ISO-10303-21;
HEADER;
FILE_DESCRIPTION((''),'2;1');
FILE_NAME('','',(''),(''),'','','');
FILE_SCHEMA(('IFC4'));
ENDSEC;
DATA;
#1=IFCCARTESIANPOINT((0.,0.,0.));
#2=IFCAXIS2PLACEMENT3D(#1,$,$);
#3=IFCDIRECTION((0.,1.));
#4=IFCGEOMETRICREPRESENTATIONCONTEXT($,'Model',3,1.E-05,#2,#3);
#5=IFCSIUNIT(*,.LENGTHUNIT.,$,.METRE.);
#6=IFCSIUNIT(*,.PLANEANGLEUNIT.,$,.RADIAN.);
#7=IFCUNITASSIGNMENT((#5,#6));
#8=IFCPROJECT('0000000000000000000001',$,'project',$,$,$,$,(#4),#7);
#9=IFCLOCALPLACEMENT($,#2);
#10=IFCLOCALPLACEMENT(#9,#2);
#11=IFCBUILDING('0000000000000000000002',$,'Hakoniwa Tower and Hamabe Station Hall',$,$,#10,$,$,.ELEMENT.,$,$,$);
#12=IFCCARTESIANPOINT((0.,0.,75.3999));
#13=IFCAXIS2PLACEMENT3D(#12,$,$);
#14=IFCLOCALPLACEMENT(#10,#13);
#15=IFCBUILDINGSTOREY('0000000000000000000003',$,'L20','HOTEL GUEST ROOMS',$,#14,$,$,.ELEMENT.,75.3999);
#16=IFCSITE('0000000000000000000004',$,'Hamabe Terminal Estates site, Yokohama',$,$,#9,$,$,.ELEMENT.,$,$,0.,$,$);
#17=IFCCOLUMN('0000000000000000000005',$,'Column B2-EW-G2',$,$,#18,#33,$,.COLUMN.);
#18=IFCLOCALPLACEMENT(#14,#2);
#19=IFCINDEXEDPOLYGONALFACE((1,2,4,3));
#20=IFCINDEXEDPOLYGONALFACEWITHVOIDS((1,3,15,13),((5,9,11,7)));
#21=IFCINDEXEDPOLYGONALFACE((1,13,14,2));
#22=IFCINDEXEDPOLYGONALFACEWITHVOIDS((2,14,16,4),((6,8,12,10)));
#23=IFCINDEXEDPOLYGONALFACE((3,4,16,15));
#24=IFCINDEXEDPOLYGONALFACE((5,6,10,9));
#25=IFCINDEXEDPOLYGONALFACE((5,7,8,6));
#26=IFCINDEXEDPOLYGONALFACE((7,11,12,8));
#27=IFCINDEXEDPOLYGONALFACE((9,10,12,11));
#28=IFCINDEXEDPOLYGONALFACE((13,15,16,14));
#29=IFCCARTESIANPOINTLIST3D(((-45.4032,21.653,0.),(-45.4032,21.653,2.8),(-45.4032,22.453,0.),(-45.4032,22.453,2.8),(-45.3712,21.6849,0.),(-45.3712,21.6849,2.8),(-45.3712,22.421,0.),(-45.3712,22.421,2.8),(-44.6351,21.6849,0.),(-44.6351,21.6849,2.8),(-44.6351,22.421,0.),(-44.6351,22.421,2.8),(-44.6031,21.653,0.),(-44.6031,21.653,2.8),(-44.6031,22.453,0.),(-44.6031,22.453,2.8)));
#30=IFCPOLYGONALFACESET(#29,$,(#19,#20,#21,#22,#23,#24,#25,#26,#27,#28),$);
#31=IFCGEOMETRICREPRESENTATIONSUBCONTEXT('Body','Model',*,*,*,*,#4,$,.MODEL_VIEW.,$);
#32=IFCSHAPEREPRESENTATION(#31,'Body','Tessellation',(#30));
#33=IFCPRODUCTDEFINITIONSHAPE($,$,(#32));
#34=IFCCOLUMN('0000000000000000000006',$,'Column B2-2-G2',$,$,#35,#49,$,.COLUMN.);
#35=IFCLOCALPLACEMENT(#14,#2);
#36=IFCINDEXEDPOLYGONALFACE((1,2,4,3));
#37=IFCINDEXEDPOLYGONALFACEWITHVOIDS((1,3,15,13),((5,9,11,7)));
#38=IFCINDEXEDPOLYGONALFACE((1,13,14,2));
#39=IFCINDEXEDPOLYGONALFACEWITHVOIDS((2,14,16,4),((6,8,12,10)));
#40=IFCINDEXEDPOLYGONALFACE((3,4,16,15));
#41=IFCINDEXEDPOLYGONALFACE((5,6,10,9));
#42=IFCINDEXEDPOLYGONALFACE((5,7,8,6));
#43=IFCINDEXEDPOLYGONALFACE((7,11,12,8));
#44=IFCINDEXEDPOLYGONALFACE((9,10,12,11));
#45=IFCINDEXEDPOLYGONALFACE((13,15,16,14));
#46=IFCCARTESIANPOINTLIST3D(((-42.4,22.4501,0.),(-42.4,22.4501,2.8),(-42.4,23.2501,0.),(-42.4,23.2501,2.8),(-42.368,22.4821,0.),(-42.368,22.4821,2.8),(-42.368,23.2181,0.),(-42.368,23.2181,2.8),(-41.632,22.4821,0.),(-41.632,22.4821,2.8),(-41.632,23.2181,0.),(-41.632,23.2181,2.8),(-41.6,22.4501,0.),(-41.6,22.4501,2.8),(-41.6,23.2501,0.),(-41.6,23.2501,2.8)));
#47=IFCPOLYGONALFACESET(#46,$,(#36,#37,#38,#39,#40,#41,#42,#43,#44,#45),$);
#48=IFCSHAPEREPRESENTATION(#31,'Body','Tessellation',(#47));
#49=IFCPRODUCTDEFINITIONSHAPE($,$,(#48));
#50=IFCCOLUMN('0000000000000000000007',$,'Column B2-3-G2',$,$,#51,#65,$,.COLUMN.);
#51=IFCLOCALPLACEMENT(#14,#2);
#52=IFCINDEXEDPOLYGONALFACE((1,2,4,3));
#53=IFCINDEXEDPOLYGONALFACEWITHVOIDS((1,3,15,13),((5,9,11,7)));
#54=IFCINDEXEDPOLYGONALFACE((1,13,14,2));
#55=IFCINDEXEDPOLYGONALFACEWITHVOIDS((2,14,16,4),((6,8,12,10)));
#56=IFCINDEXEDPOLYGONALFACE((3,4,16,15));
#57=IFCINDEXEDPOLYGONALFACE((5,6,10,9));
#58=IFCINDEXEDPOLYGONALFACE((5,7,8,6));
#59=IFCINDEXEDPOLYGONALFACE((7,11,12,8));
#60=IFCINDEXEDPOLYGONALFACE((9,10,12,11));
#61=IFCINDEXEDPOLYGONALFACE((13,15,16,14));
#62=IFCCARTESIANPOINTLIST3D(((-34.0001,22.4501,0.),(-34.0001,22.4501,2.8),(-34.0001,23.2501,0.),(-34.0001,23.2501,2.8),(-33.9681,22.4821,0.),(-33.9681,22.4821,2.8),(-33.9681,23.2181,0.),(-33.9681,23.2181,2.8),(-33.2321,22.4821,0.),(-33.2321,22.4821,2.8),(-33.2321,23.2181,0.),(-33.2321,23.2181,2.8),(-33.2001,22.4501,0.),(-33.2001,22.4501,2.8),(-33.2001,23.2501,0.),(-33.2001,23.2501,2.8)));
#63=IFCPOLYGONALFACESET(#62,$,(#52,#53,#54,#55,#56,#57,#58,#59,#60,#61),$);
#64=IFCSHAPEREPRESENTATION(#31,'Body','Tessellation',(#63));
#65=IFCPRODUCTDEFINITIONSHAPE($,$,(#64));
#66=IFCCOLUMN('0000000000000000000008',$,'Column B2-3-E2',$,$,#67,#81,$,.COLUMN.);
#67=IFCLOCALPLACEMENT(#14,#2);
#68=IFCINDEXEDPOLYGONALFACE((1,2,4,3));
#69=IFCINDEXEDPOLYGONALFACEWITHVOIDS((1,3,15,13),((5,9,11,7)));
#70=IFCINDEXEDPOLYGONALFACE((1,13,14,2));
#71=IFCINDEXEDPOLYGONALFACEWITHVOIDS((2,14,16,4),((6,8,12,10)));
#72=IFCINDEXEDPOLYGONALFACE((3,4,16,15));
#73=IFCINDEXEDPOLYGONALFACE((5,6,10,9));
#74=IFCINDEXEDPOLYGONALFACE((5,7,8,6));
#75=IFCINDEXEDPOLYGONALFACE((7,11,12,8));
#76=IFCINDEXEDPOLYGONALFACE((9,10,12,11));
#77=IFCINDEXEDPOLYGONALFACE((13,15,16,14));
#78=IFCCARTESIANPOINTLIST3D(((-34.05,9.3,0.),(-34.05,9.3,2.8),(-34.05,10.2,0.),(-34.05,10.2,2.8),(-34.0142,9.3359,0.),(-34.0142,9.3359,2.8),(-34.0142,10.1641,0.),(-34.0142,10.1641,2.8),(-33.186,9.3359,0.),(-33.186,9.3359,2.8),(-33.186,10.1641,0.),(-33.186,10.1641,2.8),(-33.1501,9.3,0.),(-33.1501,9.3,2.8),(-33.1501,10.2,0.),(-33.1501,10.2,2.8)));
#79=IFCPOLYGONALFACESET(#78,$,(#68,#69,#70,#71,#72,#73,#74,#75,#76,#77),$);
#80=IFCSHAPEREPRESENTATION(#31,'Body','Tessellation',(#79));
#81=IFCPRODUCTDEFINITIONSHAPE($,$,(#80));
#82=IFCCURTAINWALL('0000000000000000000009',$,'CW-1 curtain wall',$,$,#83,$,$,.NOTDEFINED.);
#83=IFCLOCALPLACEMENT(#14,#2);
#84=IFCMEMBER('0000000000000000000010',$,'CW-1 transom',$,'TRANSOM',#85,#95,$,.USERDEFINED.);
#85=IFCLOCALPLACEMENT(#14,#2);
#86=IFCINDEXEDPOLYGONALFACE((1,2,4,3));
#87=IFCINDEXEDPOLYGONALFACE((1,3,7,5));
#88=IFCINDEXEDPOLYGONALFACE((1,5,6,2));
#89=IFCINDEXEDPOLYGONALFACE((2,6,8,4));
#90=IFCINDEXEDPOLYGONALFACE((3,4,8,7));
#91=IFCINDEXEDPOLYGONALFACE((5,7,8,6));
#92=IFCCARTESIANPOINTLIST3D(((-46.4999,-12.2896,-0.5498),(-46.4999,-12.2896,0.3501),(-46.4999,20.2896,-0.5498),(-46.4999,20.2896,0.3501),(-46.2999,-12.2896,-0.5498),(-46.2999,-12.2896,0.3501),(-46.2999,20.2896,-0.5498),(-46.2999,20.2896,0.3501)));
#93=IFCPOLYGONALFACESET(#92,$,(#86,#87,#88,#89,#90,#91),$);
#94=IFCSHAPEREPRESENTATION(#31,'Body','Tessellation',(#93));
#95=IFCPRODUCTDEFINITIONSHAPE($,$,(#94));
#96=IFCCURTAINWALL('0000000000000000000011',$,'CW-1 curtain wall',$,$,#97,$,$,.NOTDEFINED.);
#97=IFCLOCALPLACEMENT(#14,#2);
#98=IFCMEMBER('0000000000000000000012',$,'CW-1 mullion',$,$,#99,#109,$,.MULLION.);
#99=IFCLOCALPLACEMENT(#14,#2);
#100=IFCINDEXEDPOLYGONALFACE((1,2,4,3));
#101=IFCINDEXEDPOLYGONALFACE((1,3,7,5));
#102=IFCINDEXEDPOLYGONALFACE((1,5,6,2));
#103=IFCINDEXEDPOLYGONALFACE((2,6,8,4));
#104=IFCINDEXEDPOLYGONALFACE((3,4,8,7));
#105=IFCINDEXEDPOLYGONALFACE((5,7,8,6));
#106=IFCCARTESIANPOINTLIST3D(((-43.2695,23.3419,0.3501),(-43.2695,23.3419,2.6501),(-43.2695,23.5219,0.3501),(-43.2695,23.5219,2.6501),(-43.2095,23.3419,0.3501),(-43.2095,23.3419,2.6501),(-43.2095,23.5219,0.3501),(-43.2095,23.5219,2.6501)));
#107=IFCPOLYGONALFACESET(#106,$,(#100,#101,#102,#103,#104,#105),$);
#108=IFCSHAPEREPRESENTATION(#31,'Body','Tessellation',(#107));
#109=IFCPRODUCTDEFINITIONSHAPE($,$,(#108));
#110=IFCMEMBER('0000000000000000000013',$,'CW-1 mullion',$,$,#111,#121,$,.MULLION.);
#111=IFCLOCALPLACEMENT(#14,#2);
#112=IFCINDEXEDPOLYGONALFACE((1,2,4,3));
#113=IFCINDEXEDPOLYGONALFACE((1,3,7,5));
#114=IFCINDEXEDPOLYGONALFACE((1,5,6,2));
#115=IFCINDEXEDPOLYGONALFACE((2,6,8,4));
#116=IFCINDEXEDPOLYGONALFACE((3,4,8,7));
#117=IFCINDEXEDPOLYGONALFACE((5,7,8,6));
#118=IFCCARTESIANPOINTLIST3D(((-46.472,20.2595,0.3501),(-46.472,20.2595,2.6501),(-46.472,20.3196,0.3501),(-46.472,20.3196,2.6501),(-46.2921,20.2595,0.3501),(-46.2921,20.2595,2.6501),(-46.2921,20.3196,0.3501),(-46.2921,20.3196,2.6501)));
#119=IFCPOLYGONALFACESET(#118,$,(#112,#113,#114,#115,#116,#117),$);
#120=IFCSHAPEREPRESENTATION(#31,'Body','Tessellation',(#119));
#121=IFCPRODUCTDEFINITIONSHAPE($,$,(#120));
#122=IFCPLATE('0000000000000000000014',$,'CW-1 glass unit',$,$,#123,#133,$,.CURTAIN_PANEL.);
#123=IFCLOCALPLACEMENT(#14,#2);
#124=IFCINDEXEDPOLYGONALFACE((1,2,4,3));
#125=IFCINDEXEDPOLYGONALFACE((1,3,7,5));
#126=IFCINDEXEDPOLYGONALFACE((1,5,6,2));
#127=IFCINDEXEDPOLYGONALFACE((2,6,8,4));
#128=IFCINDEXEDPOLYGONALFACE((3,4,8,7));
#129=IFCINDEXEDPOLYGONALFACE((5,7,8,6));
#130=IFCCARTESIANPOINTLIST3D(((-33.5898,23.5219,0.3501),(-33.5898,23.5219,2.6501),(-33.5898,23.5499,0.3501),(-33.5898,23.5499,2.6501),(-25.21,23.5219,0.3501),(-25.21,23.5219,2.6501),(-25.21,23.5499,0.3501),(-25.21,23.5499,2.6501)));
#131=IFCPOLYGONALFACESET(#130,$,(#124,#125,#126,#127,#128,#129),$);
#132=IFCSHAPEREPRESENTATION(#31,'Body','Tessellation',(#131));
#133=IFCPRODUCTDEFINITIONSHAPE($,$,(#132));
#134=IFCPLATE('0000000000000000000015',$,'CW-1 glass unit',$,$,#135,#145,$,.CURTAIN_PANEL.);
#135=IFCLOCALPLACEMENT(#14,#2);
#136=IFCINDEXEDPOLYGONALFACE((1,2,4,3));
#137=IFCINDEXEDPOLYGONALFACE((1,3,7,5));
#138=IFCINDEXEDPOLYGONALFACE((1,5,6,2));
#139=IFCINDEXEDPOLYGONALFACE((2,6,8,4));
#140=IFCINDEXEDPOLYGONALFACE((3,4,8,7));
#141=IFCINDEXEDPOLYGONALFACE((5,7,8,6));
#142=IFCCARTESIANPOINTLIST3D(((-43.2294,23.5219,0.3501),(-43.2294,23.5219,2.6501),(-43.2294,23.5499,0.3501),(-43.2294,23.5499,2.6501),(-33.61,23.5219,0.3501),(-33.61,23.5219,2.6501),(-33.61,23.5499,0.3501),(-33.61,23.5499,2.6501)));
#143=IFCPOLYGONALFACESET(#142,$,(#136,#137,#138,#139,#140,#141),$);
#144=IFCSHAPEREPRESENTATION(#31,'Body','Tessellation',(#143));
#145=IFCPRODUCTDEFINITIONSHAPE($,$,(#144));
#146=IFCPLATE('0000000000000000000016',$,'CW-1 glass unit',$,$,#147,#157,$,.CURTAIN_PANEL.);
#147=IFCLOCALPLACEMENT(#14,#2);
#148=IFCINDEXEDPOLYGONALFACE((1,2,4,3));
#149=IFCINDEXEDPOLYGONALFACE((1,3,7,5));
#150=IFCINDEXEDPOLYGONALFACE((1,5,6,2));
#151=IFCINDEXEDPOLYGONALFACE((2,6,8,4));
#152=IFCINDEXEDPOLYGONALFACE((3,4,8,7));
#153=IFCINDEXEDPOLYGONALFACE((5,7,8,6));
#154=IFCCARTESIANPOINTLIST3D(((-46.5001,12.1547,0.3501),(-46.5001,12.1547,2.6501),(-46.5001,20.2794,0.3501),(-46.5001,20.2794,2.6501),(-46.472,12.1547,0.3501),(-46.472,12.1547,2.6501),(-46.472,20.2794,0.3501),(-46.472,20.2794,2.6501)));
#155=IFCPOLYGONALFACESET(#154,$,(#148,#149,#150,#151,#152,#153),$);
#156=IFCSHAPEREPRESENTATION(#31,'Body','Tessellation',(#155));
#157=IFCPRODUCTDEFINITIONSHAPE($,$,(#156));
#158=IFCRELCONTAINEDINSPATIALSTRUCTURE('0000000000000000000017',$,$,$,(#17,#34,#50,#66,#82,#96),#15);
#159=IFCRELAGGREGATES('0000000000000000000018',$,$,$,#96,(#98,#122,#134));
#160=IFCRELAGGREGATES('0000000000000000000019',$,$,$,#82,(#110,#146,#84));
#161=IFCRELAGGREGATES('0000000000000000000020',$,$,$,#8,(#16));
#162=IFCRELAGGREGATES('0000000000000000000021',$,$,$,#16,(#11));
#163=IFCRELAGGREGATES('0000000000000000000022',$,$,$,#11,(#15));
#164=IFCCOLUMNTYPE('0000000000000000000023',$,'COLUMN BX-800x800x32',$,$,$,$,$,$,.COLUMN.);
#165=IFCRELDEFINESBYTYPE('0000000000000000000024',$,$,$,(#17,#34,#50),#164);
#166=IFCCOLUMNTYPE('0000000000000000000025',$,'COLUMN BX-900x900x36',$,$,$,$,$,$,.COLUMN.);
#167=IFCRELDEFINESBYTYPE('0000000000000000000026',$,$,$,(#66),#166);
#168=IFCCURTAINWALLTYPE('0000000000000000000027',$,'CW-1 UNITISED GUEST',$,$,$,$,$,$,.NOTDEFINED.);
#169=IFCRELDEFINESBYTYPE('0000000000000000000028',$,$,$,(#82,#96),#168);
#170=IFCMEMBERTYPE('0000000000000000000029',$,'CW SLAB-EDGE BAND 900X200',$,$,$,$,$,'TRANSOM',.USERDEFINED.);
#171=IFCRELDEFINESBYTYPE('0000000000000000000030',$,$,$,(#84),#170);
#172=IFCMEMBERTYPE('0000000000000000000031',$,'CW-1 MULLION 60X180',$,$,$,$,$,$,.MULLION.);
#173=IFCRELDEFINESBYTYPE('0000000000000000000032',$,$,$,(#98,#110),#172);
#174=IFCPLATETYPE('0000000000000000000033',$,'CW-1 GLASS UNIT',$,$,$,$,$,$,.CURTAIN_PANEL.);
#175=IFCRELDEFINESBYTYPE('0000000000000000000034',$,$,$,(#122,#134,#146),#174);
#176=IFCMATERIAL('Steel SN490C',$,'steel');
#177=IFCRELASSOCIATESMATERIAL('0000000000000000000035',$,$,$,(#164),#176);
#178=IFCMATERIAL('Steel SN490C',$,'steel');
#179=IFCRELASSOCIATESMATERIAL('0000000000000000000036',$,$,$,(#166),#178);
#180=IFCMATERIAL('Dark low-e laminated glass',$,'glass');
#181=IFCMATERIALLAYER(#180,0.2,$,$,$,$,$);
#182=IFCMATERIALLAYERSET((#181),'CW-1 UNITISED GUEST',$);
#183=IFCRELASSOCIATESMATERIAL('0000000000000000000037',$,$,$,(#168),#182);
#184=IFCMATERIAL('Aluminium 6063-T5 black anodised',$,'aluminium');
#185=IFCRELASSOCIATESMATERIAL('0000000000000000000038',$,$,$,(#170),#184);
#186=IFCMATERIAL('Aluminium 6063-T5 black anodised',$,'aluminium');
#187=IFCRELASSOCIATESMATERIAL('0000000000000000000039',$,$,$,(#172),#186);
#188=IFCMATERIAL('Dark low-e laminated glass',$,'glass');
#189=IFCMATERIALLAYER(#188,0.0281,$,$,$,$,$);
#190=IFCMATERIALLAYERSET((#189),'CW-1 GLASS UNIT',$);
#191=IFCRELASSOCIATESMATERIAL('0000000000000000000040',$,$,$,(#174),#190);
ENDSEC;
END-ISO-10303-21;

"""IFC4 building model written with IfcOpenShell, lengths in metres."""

from ifc_helpers import new_model, si_unit, direction, frame, origin, origin_2d, place, context, subcontext, project, spatial, rectangle, hollow_rectangle, extrude, material, layer, layer_set, material_profile, profile_set, type_object, element, aggregate, save


model = new_model("IFC4")

# Units and contexts
model_context = context("Model", 3, precision=1e-05, world=origin(), true_north=direction((0.0, 1.0)))
body_context = subcontext(model_context, "Body", "Model", "MODEL_VIEW")
ifc_project = project(units=[si_unit("LENGTHUNIT", "METRE"), si_unit("PLANEANGLEUNIT", "RADIAN")], contexts=[model_context])

# Site, building, storey
site_placement = place(None, origin())
site = spatial("IfcSite", under=ifc_project, at=site_placement, Name="Hamabe Terminal Estates site, Yokohama", CompositionType="ELEMENT", RefElevation=0.0)
building_placement = place(site_placement, origin())
building = spatial("IfcBuilding", under=site, at=building_placement, Name="Hakoniwa Tower and Hamabe Station Hall", CompositionType="ELEMENT")
storey_placement = place(building_placement, frame((0.0, 0.0, 75.3999)))
storey = spatial("IfcBuildingStorey", under=building, at=storey_placement, Name="L20", Description="HOTEL GUEST ROOMS", CompositionType="ELEMENT", Elevation=75.3999)

# Columns
ifc_material_1 = material(Name="Steel SN490C", Category="steel")
ifc_material_profile_1 = material_profile(ifc_material_1, hollow_rectangle(XDim=0.8, YDim=0.8, WallThickness=0.032, at=origin_2d()), Name="BX-800x800x32")
ifc_profile_set_1 = profile_set([ifc_material_profile_1], Name="Steel SN490C")
column_type_1 = type_object("IfcColumnType", Name="COLUMN BX-800x800x32", PredefinedType="COLUMN", material=ifc_profile_set_1)
for number, where, z_axis, x_axis, name in (
    (1, (-45.0032, 22.053, 0.0), (0.0, 0.0, 1.0), (1.0, 0.0, 0.0), "Column B2-EW-G2"),
    (2, (-42.0, 22.8501, 0.0), (0.0, 0.0, 1.0), (1.0, 0.0, 0.0), "Column B2-2-G2"),
    (3, (-33.6001, 22.8501, 0.0), (0.0, 0.0, 1.0), (1.0, 0.0, 0.0), "Column B2-3-G2"),
):
    element("IfcColumn", number, at=place(storey_placement, frame(where, z_axis=z_axis, x_axis=x_axis)), inside=storey, type_object=column_type_1, Name=name, PredefinedType="COLUMN", context=body_context, shape_type="SweptSolid", body=[
        extrude(hollow_rectangle(XDim=0.8, YDim=0.8, WallThickness=0.032, at=origin_2d()), origin(), (0.0, 0.0, 1.0), 2.8),
    ])
ifc_material_2 = material(Name="Steel SN490C", Category="steel")
ifc_material_profile_2 = material_profile(ifc_material_2, hollow_rectangle(XDim=0.8999, YDim=0.8999, WallThickness=0.0359, at=origin_2d()), Name="BX-900x900x36")
ifc_profile_set_2 = profile_set([ifc_material_profile_2], Name="Steel SN490C")
column_type_2 = type_object("IfcColumnType", Name="COLUMN BX-900x900x36", PredefinedType="COLUMN", material=ifc_profile_set_2)
column_placement = place(storey_placement, frame((-33.6001, 9.75, 0.0), z_axis=(0.0, 0.0, 1.0), x_axis=(1.0, 0.0, 0.0)))
element("IfcColumn", 4, at=column_placement, inside=storey, type_object=column_type_2, Name="Column B2-3-E2", PredefinedType="COLUMN", context=body_context, shape_type="SweptSolid", body=[
    extrude(hollow_rectangle(XDim=0.8999, YDim=0.8999, WallThickness=0.0359, at=origin_2d()), origin(), (0.0, 0.0, 1.0), 2.8),
])

# Curtain walls, members
ifc_material_3 = material(Name="Dark low-e laminated glass", Category="glass")
ifc_layer_1 = layer(ifc_material_3, 0.2)
ifc_layer_set_1 = layer_set([ifc_layer_1], Name="CW-1 UNITISED GUEST")
curtain_wall_type = type_object("IfcCurtainWallType", Name="CW-1 UNITISED GUEST", PredefinedType="NOTDEFINED", material=ifc_layer_set_1)
curtain_wall_1_placement = place(storey_placement, origin())
curtain_wall_1 = element("IfcCurtainWall", 5, at=curtain_wall_1_placement, inside=storey, type_object=curtain_wall_type, Name="CW-1 curtain wall", PredefinedType="NOTDEFINED")
ifc_material_4 = material(Name="Aluminium 6063-T5 black anodised", Category="aluminium")
ifc_material_profile_3 = material_profile(ifc_material_4, rectangle(XDim=0.2, YDim=0.8999, at=origin_2d()), Name="CW SLAB-EDGE BAND 900X200")
ifc_profile_set_3 = profile_set([ifc_material_profile_3], Name="Aluminium 6063-T5 black anodised")
member_type_1 = type_object("IfcMemberType", Name="CW SLAB-EDGE BAND 900X200", ElementType="TRANSOM", PredefinedType="USERDEFINED", material=ifc_profile_set_3)
member_1_placement = place(storey_placement, frame((-46.3999, 20.2896, -0.0999), z_axis=(0.0, -1.0, 0.0), x_axis=(1.0, 0.0, 0.0)))
member_1 = element("IfcMember", 6, at=member_1_placement, type_object=member_type_1, Name="CW-1 transom", ObjectType="TRANSOM", PredefinedType="USERDEFINED", context=body_context, shape_type="SweptSolid", body=[
    extrude(rectangle(XDim=0.2, YDim=0.8999, at=origin_2d()), origin(), (0.0, 0.0, 1.0), 32.5791),
])
curtain_wall_2_placement = place(storey_placement, origin())
curtain_wall_2 = element("IfcCurtainWall", 7, at=curtain_wall_2_placement, inside=storey, type_object=curtain_wall_type, Name="CW-1 curtain wall", PredefinedType="NOTDEFINED")
ifc_material_5 = material(Name="Aluminium 6063-T5 black anodised", Category="aluminium")
ifc_material_profile_4 = material_profile(ifc_material_5, rectangle(XDim=0.0601, YDim=0.1799, at=origin_2d()), Name="CW-1 MULLION 60X180")
ifc_profile_set_4 = profile_set([ifc_material_profile_4], Name="Aluminium 6063-T5 black anodised")
member_type_2 = type_object("IfcMemberType", Name="CW-1 MULLION 60X180", PredefinedType="MULLION", material=ifc_profile_set_4)
member_2_placement = place(storey_placement, frame((-43.2395, 23.4319, 0.3501), z_axis=(0.0, 0.0, 1.0), x_axis=(-1.0, 0.0, 0.0)))
member_2 = element("IfcMember", 8, at=member_2_placement, type_object=member_type_2, Name="CW-1 mullion", PredefinedType="MULLION", context=body_context, shape_type="SweptSolid", body=[
    extrude(rectangle(XDim=0.0601, YDim=0.1799, at=origin_2d()), origin(), (0.0, 0.0, 1.0), 2.3),
])

# Member
member_3_placement = place(storey_placement, frame((-46.3821, 20.2896, 0.3501), z_axis=(0.0, 0.0, 1.0), x_axis=(0.0, -1.0, 0.0)))
member_3 = element("IfcMember", 9, at=member_3_placement, type_object=member_type_2, Name="CW-1 mullion", PredefinedType="MULLION", context=body_context, shape_type="SweptSolid", body=[
    extrude(rectangle(XDim=0.0601, YDim=0.1799, at=origin_2d()), origin(), (0.0, 0.0, 1.0), 2.3),
])

# Plates
ifc_material_6 = material(Name="Dark low-e laminated glass", Category="glass")
ifc_layer_2 = layer(ifc_material_6, 0.0281)
ifc_layer_set_2 = layer_set([ifc_layer_2], Name="CW-1 GLASS UNIT")
plate_type = type_object("IfcPlateType", Name="CW-1 GLASS UNIT", PredefinedType="CURTAIN_PANEL", material=ifc_layer_set_2)
plate_1_placement = place(storey_placement, frame((-29.3999, 23.5359, 0.3501), z_axis=(0.0, 0.0, 1.0), x_axis=(-1.0, 0.0, 0.0)))
plate_1 = element("IfcPlate", 10, at=plate_1_placement, type_object=plate_type, Name="CW-1 glass unit", PredefinedType="CURTAIN_PANEL", context=body_context, shape_type="SweptSolid", body=[
    extrude(rectangle(XDim=8.3799, YDim=0.0281, at=origin_2d()), origin(), (0.0, 0.0, 1.0), 2.3),
])
plate_2_placement = place(storey_placement, frame((-38.4197, 23.5359, 0.3501), z_axis=(0.0, 0.0, 1.0), x_axis=(-1.0, 0.0, 0.0)))
plate_2 = element("IfcPlate", 11, at=plate_2_placement, type_object=plate_type, Name="CW-1 glass unit", PredefinedType="CURTAIN_PANEL", context=body_context, shape_type="SweptSolid", body=[
    extrude(rectangle(XDim=9.6194, YDim=0.0281, at=origin_2d()), origin(), (0.0, 0.0, 1.0), 2.3),
])
aggregate(curtain_wall_2, [member_2, plate_1, plate_2])
plate_3_placement = place(storey_placement, frame((-46.4861, 16.217, 0.3501), z_axis=(0.0, 0.0, 1.0), x_axis=(0.0, -1.0, 0.0)))
plate_3 = element("IfcPlate", 12, at=plate_3_placement, type_object=plate_type, Name="CW-1 glass unit", PredefinedType="CURTAIN_PANEL", context=body_context, shape_type="SweptSolid", body=[
    extrude(rectangle(XDim=8.1248, YDim=0.0281, at=origin_2d()), origin(), (0.0, 0.0, 1.0), 2.3),
])
aggregate(curtain_wall_1, [member_3, plate_3, member_1])

save(model, "model.ifc")
